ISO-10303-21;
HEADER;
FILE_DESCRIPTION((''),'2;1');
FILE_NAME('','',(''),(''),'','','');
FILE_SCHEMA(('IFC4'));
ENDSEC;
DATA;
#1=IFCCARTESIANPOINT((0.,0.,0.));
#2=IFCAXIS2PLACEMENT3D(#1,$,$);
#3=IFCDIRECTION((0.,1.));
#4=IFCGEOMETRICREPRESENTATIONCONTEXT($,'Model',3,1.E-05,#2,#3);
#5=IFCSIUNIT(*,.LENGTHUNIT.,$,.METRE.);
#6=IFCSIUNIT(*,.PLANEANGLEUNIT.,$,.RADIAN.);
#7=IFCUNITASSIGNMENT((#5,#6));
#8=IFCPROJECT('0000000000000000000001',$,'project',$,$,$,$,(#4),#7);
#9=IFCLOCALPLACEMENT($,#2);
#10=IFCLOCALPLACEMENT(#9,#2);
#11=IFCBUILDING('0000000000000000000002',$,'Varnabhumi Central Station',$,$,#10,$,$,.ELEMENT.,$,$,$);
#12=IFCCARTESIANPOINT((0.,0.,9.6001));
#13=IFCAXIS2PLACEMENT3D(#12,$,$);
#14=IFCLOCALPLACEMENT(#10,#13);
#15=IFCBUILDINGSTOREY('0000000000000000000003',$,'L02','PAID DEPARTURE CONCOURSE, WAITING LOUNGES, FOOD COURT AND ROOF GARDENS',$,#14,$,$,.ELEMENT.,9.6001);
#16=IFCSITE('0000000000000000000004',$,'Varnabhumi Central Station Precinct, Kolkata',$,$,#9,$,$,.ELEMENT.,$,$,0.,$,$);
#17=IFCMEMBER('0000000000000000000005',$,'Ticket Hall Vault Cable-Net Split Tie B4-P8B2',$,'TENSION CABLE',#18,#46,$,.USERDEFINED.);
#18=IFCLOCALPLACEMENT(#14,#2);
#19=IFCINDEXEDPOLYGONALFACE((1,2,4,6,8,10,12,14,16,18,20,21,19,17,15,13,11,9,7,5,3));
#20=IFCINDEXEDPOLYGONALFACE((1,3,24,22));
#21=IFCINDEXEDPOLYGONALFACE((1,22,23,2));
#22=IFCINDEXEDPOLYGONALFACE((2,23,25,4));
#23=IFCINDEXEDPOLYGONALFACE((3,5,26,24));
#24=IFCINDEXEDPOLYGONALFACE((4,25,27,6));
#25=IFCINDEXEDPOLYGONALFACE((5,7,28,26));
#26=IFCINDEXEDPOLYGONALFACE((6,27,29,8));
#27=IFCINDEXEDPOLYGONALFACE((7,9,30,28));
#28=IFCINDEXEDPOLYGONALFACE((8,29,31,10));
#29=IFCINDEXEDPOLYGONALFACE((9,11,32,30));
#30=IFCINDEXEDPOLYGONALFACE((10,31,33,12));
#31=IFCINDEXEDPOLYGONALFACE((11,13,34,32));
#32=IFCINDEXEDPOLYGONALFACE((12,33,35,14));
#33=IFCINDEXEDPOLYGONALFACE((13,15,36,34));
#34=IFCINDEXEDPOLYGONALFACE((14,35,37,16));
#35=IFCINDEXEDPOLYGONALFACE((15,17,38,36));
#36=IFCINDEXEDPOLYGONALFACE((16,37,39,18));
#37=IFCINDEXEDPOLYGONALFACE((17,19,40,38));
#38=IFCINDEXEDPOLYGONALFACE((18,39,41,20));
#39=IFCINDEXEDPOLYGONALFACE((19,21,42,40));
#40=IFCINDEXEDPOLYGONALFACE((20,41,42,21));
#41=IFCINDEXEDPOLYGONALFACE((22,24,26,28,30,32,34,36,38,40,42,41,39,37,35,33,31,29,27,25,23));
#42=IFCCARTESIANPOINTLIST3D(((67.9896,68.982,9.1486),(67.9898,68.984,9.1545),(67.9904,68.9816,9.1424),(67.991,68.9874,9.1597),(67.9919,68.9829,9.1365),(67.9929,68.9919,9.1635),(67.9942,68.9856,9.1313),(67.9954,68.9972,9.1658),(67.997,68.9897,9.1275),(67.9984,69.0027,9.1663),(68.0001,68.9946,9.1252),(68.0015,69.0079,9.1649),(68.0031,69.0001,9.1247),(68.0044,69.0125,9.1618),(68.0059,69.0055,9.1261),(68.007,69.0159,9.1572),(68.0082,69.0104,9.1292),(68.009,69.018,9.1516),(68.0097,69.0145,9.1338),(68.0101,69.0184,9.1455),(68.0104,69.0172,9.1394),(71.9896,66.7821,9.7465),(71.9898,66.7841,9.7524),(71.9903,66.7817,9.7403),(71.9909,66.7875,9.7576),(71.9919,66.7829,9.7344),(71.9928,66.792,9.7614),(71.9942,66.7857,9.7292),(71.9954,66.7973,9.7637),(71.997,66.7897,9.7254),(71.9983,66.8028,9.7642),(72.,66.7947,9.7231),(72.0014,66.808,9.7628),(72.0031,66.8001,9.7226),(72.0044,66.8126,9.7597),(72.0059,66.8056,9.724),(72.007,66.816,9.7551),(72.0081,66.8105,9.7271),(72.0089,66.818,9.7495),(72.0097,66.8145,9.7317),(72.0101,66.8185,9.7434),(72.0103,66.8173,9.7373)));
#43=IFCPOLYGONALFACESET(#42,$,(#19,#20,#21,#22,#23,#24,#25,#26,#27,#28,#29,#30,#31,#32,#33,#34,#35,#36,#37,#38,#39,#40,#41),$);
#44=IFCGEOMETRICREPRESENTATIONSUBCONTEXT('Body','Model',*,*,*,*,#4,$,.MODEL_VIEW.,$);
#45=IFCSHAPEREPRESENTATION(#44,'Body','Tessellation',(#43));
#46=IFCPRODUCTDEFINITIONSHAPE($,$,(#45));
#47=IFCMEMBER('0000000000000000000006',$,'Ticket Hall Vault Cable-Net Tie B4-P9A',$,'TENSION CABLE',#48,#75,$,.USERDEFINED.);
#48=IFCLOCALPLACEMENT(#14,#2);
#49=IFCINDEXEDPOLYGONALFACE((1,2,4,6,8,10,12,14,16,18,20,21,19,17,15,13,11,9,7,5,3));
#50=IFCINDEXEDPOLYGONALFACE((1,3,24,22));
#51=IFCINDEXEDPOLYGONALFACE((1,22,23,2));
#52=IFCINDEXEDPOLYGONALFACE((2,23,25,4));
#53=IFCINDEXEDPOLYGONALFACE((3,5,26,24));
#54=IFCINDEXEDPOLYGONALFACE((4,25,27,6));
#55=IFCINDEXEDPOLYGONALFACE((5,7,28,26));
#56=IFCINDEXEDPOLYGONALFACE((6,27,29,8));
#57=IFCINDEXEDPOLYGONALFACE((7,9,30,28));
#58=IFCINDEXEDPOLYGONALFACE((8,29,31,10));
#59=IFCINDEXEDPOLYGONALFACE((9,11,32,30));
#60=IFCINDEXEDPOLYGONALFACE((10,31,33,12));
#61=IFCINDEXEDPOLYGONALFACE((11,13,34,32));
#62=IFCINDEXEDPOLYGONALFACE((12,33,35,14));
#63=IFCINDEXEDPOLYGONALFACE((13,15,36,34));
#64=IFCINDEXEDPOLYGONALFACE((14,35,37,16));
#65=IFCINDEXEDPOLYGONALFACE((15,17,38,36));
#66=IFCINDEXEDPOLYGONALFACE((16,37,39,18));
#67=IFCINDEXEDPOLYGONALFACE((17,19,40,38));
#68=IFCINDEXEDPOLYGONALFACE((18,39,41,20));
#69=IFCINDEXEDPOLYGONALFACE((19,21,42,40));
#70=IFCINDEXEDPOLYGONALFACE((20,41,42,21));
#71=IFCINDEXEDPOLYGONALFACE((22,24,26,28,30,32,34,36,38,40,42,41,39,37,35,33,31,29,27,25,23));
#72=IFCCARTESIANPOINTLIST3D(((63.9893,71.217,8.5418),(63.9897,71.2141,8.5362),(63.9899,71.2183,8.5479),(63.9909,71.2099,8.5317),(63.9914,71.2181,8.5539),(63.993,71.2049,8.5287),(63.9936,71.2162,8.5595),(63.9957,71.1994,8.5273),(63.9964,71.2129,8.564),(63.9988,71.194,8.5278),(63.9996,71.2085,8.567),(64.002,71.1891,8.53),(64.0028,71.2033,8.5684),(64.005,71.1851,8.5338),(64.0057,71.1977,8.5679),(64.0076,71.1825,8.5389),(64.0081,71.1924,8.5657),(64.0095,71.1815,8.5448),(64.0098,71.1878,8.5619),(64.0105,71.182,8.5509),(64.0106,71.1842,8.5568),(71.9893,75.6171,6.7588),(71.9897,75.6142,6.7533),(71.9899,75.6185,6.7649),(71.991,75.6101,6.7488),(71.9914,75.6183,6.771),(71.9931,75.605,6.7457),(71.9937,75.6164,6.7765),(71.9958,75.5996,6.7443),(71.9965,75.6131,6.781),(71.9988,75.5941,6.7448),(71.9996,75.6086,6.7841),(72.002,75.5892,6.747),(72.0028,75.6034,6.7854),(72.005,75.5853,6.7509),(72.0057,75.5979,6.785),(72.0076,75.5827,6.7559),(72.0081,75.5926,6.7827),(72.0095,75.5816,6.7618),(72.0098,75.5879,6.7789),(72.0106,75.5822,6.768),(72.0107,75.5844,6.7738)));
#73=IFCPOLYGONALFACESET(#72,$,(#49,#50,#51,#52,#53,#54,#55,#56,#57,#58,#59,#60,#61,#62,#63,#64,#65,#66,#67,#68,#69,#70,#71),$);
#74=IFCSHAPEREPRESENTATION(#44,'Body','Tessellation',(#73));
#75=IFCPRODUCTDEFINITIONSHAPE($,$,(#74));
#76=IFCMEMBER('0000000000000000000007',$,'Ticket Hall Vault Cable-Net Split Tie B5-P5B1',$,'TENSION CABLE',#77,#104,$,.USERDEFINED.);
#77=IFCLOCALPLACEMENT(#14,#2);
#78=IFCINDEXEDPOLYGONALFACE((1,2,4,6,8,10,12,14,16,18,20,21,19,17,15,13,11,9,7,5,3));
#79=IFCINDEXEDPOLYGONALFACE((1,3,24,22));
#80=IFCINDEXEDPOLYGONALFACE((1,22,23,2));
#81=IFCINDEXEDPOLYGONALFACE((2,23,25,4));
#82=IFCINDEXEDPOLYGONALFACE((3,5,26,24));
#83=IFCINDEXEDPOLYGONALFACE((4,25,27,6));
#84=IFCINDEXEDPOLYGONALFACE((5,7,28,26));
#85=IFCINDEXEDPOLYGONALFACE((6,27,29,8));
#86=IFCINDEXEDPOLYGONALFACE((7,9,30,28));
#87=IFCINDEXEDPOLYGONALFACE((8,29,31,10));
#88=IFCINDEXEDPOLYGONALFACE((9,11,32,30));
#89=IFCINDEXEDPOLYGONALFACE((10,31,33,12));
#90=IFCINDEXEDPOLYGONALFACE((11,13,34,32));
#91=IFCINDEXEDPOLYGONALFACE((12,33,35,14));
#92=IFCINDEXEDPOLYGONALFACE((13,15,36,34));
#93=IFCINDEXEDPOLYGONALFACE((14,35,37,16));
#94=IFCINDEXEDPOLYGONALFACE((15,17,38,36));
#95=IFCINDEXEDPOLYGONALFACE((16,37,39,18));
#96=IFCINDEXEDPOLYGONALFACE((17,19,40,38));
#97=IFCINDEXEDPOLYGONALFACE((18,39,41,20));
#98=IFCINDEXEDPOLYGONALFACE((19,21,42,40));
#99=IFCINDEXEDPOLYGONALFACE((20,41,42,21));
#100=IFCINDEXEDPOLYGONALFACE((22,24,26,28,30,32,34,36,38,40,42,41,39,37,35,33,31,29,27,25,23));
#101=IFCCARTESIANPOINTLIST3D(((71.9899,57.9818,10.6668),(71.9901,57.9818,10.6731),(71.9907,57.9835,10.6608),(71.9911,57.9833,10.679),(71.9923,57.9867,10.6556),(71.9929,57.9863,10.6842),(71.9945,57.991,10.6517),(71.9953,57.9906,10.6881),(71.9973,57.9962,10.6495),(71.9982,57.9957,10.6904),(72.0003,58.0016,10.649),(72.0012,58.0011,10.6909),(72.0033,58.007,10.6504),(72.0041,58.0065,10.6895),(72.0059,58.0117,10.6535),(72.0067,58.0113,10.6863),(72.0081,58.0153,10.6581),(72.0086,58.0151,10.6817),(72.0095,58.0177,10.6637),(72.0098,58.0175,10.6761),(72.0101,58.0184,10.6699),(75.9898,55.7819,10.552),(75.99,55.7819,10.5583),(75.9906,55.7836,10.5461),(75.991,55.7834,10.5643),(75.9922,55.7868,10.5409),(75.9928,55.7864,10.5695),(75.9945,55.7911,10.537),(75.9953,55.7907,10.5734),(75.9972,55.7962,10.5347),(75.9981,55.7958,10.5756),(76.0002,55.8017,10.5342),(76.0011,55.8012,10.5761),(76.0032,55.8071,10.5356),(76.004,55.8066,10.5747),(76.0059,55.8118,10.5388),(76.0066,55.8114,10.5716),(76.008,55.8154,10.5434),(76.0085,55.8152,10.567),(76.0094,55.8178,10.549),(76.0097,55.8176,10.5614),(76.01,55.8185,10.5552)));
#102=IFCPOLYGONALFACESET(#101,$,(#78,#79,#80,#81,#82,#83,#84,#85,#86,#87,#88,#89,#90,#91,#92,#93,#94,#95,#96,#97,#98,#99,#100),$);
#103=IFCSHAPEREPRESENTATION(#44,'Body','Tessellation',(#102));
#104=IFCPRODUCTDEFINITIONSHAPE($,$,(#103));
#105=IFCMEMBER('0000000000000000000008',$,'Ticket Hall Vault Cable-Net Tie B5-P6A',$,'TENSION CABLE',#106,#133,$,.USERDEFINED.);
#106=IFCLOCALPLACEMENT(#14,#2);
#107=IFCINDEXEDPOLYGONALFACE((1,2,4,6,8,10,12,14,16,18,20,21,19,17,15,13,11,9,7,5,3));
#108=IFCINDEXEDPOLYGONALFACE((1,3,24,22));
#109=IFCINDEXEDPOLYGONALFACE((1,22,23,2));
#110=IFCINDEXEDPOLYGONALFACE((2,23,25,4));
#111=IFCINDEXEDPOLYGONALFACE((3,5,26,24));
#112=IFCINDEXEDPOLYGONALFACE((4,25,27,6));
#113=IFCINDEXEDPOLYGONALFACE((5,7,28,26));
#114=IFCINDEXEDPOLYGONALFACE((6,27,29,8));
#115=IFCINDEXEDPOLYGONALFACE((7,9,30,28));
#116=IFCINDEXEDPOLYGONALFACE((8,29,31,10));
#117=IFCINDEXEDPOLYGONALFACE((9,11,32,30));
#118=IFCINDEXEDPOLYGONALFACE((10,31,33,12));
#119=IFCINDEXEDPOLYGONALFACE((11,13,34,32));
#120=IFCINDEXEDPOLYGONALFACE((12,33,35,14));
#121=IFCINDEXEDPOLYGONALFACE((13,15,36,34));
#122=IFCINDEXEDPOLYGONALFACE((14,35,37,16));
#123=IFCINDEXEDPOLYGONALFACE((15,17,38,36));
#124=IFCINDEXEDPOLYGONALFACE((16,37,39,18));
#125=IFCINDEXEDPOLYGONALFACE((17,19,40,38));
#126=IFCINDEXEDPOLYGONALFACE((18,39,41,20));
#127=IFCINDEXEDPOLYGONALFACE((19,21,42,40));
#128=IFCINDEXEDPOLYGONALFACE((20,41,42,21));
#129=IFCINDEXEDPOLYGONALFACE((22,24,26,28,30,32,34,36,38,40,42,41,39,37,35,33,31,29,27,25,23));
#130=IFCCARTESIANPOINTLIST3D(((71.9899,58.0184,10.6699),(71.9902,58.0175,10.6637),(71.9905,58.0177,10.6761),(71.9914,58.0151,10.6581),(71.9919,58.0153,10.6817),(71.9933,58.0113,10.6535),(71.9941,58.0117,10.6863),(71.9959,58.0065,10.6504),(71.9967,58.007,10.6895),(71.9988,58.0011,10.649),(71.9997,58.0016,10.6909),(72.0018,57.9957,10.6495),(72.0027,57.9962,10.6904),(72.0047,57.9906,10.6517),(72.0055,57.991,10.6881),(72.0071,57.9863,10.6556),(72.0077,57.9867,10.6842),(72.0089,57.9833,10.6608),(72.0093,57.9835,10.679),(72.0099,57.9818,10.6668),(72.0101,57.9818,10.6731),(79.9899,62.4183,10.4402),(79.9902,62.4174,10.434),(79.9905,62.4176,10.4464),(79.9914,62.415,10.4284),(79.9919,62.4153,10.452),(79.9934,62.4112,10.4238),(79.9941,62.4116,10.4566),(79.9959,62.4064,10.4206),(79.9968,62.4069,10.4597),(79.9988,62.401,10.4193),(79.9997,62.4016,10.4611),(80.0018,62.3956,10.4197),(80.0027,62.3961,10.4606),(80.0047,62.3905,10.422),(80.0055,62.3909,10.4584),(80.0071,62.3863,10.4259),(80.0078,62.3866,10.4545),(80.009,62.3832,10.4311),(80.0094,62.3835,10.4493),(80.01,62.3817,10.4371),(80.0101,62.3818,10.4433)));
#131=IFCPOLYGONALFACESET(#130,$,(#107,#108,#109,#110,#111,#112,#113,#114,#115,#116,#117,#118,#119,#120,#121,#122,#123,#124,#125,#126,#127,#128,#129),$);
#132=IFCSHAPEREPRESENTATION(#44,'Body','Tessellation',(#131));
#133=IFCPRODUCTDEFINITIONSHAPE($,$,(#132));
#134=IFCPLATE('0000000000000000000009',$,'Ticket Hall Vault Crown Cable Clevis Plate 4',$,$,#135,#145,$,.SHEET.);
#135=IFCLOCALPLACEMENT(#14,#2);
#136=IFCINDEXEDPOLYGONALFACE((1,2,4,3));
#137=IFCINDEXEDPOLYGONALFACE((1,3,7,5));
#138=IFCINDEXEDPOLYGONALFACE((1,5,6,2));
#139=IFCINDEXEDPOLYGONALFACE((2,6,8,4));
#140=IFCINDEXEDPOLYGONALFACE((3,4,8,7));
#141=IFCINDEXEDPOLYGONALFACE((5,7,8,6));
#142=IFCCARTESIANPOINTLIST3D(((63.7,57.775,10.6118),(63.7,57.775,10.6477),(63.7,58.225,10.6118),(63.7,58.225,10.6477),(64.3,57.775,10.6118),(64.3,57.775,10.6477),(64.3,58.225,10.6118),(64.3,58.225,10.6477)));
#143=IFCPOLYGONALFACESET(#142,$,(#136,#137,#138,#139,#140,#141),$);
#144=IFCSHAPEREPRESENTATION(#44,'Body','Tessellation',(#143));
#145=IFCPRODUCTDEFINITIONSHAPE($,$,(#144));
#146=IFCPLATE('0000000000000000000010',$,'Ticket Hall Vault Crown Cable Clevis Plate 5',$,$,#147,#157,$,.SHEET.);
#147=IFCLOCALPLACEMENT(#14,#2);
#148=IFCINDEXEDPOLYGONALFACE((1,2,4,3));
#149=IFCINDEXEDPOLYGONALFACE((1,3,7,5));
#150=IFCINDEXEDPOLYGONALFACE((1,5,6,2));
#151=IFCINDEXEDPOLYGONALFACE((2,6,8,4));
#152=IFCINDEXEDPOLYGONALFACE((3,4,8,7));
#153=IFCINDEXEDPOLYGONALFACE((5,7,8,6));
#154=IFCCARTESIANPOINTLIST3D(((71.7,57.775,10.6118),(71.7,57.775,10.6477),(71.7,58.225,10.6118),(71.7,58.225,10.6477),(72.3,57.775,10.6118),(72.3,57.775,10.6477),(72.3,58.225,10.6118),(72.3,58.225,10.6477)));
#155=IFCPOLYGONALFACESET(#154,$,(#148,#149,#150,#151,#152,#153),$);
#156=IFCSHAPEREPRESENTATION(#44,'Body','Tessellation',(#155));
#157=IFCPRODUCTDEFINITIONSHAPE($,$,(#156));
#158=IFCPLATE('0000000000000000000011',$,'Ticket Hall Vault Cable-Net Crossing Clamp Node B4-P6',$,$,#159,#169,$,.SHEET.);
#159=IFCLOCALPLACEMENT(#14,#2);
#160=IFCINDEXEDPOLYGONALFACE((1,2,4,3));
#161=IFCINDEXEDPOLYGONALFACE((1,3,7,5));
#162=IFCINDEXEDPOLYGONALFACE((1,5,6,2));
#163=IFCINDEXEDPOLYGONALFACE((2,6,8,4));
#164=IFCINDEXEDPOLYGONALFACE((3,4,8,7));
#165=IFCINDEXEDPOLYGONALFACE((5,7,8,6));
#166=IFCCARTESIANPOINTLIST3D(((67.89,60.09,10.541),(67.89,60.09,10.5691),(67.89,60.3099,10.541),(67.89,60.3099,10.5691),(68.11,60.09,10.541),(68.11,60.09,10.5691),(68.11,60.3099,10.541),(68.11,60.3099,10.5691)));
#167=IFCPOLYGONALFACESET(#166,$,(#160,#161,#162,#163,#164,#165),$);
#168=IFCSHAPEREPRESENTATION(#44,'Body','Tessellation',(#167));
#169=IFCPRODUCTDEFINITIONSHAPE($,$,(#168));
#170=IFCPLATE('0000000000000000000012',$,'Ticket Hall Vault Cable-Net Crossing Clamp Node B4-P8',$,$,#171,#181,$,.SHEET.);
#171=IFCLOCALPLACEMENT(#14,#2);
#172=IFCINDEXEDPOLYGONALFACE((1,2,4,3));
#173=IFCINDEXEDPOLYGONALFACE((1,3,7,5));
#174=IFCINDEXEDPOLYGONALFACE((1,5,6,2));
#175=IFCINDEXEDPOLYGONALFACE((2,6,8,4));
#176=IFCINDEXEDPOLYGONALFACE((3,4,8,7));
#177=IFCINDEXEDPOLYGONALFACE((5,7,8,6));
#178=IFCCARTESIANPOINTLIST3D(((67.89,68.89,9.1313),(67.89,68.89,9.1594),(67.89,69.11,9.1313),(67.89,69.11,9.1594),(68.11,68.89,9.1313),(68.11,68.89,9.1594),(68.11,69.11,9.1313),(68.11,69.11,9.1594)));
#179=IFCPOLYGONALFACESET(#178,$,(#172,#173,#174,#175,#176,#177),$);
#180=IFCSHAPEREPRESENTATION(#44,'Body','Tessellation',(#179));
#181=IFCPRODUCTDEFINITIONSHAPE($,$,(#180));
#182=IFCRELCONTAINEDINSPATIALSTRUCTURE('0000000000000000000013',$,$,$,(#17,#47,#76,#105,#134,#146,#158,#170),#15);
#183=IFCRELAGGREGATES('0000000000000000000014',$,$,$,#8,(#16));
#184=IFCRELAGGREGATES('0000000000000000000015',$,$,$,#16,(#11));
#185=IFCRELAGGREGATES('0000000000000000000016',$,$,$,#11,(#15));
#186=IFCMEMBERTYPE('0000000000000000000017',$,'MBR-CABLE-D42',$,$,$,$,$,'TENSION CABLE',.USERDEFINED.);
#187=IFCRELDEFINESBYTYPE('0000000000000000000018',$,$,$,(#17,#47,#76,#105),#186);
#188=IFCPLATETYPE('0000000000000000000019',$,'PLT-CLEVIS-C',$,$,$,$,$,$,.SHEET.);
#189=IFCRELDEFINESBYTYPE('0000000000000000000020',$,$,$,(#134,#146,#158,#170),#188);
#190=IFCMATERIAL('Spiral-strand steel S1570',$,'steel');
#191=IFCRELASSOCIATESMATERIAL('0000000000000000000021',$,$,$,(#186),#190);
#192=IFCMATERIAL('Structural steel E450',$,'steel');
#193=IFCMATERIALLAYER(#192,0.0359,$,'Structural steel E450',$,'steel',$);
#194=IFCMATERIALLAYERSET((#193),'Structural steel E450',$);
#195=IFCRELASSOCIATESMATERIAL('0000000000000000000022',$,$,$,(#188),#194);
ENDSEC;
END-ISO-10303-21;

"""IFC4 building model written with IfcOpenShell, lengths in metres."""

from ifc_helpers import new_model, si_unit, direction, frame, origin, origin_2d, place, context, subcontext, project, spatial, rectangle, circle, extrude, material, layer, layer_set, material_profile, profile_set, type_object, element, save


model = new_model("IFC4")

# Units and contexts
model_context = context("Model", 3, precision=1e-05, world=origin(), true_north=direction((0.0, 1.0)))
body_context = subcontext(model_context, "Body", "Model", "MODEL_VIEW")
ifc_project = project(units=[si_unit("LENGTHUNIT", "METRE"), si_unit("PLANEANGLEUNIT", "RADIAN")], contexts=[model_context])

# Site, building, storey
site_placement = place(None, origin())
site = spatial("IfcSite", under=ifc_project, at=site_placement, Name="Varnabhumi Central Station Precinct, Kolkata", CompositionType="ELEMENT", RefElevation=0.0)
building_placement = place(site_placement, origin())
building = spatial("IfcBuilding", under=site, at=building_placement, Name="Varnabhumi Central Station", CompositionType="ELEMENT")
storey_placement = place(building_placement, frame((0.0, 0.0, 9.6001)))
storey = spatial("IfcBuildingStorey", under=building, at=storey_placement, Name="L02", Description="PAID DEPARTURE CONCOURSE, WAITING LOUNGES, FOOD COURT AND ROOF GARDENS", CompositionType="ELEMENT", Elevation=9.6001)

# Shared definitions
ifc_material_1 = material(Name="Structural steel E450", Category="steel")

# Members
ifc_material_2 = material(Name="Spiral-strand steel S1570", Category="steel")
ifc_material_profile_1 = material_profile(ifc_material_2, circle(Radius=0.021, at=origin_2d()), Name="Spiral-strand steel S1570", Category="steel")
ifc_profile_set_1 = profile_set([ifc_material_profile_1], Name="Spiral-strand steel S1570")
member_type = type_object("IfcMemberType", Name="MBR-CABLE-D42", ElementType="TENSION CABLE", PredefinedType="USERDEFINED", material=ifc_profile_set_1)
for number, where, z_axis, x_axis, name in (
    (1, (68.0, 69.0, 9.1455), (0.8688, -0.47783, 0.129864), (0.481911, 0.87622, 0.0), "Ticket Hall Vault Cable-Net Split Tie B4-P8B2"),
):
    element("IfcMember", number, at=place(storey_placement, frame(where, z_axis=z_axis, x_axis=x_axis)), inside=storey, type_object=member_type, Name=name, ObjectType="TENSION CABLE", PredefinedType="USERDEFINED", context=body_context, shape_type="SweptSolid", body=[
        extrude(circle(Radius=0.021, at=origin_2d()), origin(), (0.0, 0.0, 1.0), 4.604),
    ])
member_1_placement = place(storey_placement, frame((64.0, 71.2, 8.5479), z_axis=(0.859965, 0.472997, -0.19166), x_axis=(-0.481931, 0.876209, 0.0)))
element("IfcMember", 2, at=member_1_placement, inside=storey, type_object=member_type, Name="Ticket Hall Vault Cable-Net Tie B4-P9A", ObjectType="TENSION CABLE", PredefinedType="USERDEFINED", context=body_context, shape_type="SweptSolid", body=[
    extrude(circle(Radius=0.021, at=origin_2d()), origin(), (0.0, 0.0, 1.0), 9.3027),
])
member_2_placement = place(storey_placement, frame((72.0, 58.0, 10.6699), z_axis=(0.875944, -0.481758, -0.025128), x_axis=(0.481911, 0.87622, 0.0)))
element("IfcMember", 3, at=member_2_placement, inside=storey, type_object=member_type, Name="Ticket Hall Vault Cable-Net Split Tie B5-P5B1", ObjectType="TENSION CABLE", PredefinedType="USERDEFINED", context=body_context, shape_type="SweptSolid", body=[
    extrude(circle(Radius=0.021, at=origin_2d()), origin(), (0.0, 0.0, 1.0), 4.5664),
])
member_3_placement = place(storey_placement, frame((72.0, 58.0, 10.6699), z_axis=(0.875943, 0.481758, -0.025154), x_axis=(-0.481911, 0.87622, 0.0)))
element("IfcMember", 4, at=member_3_placement, inside=storey, type_object=member_type, Name="Ticket Hall Vault Cable-Net Tie B5-P6A", ObjectType="TENSION CABLE", PredefinedType="USERDEFINED", context=body_context, shape_type="SweptSolid", body=[
    extrude(circle(Radius=0.021, at=origin_2d()), origin(), (0.0, 0.0, 1.0), 9.1331),
])

# Plates
ifc_layer = layer(ifc_material_1, 0.0359, Name="Structural steel E450", Category="steel")
ifc_layer_set = layer_set([ifc_layer], Name="Structural steel E450")
plate_type = type_object("IfcPlateType", Name="PLT-CLEVIS-C", PredefinedType="SHEET", material=ifc_layer_set)
for number, where, z_axis, x_axis, name in (
    (5, (64.0, 58.0, 10.6118), (0.0, 0.0, 1.0), (1.0, 0.0, 0.0), "Ticket Hall Vault Crown Cable Clevis Plate 4"),
    (6, (72.0, 58.0, 10.6118), (0.0, 0.0, 1.0), (1.0, 0.0, 0.0), "Ticket Hall Vault Crown Cable Clevis Plate 5"),
):
    element("IfcPlate", number, at=place(storey_placement, frame(where, z_axis=z_axis, x_axis=x_axis)), inside=storey, type_object=plate_type, Name=name, PredefinedType="SHEET", context=body_context, shape_type="SweptSolid", body=[
        extrude(rectangle(XDim=0.6001, YDim=0.45, at=origin_2d()), origin(), (0.0, 0.0, 1.0), 0.0359),
    ])
for number, where, z_axis, x_axis, name in (
    (7, (68.0, 60.2, 10.541), (0.0, 0.0, 1.0), (1.0, 0.0, 0.0), "Ticket Hall Vault Cable-Net Crossing Clamp Node B4-P6"),
    (8, (68.0, 69.0, 9.1313), (0.0, 0.0, 1.0), (1.0, 0.0, 0.0), "Ticket Hall Vault Cable-Net Crossing Clamp Node B4-P8"),
):
    element("IfcPlate", number, at=place(storey_placement, frame(where, z_axis=z_axis, x_axis=x_axis)), inside=storey, type_object=plate_type, Name=name, PredefinedType="SHEET", context=body_context, shape_type="SweptSolid", body=[
        extrude(rectangle(XDim=0.22, YDim=0.22, at=origin_2d()), origin(), (0.0, 0.0, 1.0), 0.0281),
    ])

save(model, "model.ifc")
